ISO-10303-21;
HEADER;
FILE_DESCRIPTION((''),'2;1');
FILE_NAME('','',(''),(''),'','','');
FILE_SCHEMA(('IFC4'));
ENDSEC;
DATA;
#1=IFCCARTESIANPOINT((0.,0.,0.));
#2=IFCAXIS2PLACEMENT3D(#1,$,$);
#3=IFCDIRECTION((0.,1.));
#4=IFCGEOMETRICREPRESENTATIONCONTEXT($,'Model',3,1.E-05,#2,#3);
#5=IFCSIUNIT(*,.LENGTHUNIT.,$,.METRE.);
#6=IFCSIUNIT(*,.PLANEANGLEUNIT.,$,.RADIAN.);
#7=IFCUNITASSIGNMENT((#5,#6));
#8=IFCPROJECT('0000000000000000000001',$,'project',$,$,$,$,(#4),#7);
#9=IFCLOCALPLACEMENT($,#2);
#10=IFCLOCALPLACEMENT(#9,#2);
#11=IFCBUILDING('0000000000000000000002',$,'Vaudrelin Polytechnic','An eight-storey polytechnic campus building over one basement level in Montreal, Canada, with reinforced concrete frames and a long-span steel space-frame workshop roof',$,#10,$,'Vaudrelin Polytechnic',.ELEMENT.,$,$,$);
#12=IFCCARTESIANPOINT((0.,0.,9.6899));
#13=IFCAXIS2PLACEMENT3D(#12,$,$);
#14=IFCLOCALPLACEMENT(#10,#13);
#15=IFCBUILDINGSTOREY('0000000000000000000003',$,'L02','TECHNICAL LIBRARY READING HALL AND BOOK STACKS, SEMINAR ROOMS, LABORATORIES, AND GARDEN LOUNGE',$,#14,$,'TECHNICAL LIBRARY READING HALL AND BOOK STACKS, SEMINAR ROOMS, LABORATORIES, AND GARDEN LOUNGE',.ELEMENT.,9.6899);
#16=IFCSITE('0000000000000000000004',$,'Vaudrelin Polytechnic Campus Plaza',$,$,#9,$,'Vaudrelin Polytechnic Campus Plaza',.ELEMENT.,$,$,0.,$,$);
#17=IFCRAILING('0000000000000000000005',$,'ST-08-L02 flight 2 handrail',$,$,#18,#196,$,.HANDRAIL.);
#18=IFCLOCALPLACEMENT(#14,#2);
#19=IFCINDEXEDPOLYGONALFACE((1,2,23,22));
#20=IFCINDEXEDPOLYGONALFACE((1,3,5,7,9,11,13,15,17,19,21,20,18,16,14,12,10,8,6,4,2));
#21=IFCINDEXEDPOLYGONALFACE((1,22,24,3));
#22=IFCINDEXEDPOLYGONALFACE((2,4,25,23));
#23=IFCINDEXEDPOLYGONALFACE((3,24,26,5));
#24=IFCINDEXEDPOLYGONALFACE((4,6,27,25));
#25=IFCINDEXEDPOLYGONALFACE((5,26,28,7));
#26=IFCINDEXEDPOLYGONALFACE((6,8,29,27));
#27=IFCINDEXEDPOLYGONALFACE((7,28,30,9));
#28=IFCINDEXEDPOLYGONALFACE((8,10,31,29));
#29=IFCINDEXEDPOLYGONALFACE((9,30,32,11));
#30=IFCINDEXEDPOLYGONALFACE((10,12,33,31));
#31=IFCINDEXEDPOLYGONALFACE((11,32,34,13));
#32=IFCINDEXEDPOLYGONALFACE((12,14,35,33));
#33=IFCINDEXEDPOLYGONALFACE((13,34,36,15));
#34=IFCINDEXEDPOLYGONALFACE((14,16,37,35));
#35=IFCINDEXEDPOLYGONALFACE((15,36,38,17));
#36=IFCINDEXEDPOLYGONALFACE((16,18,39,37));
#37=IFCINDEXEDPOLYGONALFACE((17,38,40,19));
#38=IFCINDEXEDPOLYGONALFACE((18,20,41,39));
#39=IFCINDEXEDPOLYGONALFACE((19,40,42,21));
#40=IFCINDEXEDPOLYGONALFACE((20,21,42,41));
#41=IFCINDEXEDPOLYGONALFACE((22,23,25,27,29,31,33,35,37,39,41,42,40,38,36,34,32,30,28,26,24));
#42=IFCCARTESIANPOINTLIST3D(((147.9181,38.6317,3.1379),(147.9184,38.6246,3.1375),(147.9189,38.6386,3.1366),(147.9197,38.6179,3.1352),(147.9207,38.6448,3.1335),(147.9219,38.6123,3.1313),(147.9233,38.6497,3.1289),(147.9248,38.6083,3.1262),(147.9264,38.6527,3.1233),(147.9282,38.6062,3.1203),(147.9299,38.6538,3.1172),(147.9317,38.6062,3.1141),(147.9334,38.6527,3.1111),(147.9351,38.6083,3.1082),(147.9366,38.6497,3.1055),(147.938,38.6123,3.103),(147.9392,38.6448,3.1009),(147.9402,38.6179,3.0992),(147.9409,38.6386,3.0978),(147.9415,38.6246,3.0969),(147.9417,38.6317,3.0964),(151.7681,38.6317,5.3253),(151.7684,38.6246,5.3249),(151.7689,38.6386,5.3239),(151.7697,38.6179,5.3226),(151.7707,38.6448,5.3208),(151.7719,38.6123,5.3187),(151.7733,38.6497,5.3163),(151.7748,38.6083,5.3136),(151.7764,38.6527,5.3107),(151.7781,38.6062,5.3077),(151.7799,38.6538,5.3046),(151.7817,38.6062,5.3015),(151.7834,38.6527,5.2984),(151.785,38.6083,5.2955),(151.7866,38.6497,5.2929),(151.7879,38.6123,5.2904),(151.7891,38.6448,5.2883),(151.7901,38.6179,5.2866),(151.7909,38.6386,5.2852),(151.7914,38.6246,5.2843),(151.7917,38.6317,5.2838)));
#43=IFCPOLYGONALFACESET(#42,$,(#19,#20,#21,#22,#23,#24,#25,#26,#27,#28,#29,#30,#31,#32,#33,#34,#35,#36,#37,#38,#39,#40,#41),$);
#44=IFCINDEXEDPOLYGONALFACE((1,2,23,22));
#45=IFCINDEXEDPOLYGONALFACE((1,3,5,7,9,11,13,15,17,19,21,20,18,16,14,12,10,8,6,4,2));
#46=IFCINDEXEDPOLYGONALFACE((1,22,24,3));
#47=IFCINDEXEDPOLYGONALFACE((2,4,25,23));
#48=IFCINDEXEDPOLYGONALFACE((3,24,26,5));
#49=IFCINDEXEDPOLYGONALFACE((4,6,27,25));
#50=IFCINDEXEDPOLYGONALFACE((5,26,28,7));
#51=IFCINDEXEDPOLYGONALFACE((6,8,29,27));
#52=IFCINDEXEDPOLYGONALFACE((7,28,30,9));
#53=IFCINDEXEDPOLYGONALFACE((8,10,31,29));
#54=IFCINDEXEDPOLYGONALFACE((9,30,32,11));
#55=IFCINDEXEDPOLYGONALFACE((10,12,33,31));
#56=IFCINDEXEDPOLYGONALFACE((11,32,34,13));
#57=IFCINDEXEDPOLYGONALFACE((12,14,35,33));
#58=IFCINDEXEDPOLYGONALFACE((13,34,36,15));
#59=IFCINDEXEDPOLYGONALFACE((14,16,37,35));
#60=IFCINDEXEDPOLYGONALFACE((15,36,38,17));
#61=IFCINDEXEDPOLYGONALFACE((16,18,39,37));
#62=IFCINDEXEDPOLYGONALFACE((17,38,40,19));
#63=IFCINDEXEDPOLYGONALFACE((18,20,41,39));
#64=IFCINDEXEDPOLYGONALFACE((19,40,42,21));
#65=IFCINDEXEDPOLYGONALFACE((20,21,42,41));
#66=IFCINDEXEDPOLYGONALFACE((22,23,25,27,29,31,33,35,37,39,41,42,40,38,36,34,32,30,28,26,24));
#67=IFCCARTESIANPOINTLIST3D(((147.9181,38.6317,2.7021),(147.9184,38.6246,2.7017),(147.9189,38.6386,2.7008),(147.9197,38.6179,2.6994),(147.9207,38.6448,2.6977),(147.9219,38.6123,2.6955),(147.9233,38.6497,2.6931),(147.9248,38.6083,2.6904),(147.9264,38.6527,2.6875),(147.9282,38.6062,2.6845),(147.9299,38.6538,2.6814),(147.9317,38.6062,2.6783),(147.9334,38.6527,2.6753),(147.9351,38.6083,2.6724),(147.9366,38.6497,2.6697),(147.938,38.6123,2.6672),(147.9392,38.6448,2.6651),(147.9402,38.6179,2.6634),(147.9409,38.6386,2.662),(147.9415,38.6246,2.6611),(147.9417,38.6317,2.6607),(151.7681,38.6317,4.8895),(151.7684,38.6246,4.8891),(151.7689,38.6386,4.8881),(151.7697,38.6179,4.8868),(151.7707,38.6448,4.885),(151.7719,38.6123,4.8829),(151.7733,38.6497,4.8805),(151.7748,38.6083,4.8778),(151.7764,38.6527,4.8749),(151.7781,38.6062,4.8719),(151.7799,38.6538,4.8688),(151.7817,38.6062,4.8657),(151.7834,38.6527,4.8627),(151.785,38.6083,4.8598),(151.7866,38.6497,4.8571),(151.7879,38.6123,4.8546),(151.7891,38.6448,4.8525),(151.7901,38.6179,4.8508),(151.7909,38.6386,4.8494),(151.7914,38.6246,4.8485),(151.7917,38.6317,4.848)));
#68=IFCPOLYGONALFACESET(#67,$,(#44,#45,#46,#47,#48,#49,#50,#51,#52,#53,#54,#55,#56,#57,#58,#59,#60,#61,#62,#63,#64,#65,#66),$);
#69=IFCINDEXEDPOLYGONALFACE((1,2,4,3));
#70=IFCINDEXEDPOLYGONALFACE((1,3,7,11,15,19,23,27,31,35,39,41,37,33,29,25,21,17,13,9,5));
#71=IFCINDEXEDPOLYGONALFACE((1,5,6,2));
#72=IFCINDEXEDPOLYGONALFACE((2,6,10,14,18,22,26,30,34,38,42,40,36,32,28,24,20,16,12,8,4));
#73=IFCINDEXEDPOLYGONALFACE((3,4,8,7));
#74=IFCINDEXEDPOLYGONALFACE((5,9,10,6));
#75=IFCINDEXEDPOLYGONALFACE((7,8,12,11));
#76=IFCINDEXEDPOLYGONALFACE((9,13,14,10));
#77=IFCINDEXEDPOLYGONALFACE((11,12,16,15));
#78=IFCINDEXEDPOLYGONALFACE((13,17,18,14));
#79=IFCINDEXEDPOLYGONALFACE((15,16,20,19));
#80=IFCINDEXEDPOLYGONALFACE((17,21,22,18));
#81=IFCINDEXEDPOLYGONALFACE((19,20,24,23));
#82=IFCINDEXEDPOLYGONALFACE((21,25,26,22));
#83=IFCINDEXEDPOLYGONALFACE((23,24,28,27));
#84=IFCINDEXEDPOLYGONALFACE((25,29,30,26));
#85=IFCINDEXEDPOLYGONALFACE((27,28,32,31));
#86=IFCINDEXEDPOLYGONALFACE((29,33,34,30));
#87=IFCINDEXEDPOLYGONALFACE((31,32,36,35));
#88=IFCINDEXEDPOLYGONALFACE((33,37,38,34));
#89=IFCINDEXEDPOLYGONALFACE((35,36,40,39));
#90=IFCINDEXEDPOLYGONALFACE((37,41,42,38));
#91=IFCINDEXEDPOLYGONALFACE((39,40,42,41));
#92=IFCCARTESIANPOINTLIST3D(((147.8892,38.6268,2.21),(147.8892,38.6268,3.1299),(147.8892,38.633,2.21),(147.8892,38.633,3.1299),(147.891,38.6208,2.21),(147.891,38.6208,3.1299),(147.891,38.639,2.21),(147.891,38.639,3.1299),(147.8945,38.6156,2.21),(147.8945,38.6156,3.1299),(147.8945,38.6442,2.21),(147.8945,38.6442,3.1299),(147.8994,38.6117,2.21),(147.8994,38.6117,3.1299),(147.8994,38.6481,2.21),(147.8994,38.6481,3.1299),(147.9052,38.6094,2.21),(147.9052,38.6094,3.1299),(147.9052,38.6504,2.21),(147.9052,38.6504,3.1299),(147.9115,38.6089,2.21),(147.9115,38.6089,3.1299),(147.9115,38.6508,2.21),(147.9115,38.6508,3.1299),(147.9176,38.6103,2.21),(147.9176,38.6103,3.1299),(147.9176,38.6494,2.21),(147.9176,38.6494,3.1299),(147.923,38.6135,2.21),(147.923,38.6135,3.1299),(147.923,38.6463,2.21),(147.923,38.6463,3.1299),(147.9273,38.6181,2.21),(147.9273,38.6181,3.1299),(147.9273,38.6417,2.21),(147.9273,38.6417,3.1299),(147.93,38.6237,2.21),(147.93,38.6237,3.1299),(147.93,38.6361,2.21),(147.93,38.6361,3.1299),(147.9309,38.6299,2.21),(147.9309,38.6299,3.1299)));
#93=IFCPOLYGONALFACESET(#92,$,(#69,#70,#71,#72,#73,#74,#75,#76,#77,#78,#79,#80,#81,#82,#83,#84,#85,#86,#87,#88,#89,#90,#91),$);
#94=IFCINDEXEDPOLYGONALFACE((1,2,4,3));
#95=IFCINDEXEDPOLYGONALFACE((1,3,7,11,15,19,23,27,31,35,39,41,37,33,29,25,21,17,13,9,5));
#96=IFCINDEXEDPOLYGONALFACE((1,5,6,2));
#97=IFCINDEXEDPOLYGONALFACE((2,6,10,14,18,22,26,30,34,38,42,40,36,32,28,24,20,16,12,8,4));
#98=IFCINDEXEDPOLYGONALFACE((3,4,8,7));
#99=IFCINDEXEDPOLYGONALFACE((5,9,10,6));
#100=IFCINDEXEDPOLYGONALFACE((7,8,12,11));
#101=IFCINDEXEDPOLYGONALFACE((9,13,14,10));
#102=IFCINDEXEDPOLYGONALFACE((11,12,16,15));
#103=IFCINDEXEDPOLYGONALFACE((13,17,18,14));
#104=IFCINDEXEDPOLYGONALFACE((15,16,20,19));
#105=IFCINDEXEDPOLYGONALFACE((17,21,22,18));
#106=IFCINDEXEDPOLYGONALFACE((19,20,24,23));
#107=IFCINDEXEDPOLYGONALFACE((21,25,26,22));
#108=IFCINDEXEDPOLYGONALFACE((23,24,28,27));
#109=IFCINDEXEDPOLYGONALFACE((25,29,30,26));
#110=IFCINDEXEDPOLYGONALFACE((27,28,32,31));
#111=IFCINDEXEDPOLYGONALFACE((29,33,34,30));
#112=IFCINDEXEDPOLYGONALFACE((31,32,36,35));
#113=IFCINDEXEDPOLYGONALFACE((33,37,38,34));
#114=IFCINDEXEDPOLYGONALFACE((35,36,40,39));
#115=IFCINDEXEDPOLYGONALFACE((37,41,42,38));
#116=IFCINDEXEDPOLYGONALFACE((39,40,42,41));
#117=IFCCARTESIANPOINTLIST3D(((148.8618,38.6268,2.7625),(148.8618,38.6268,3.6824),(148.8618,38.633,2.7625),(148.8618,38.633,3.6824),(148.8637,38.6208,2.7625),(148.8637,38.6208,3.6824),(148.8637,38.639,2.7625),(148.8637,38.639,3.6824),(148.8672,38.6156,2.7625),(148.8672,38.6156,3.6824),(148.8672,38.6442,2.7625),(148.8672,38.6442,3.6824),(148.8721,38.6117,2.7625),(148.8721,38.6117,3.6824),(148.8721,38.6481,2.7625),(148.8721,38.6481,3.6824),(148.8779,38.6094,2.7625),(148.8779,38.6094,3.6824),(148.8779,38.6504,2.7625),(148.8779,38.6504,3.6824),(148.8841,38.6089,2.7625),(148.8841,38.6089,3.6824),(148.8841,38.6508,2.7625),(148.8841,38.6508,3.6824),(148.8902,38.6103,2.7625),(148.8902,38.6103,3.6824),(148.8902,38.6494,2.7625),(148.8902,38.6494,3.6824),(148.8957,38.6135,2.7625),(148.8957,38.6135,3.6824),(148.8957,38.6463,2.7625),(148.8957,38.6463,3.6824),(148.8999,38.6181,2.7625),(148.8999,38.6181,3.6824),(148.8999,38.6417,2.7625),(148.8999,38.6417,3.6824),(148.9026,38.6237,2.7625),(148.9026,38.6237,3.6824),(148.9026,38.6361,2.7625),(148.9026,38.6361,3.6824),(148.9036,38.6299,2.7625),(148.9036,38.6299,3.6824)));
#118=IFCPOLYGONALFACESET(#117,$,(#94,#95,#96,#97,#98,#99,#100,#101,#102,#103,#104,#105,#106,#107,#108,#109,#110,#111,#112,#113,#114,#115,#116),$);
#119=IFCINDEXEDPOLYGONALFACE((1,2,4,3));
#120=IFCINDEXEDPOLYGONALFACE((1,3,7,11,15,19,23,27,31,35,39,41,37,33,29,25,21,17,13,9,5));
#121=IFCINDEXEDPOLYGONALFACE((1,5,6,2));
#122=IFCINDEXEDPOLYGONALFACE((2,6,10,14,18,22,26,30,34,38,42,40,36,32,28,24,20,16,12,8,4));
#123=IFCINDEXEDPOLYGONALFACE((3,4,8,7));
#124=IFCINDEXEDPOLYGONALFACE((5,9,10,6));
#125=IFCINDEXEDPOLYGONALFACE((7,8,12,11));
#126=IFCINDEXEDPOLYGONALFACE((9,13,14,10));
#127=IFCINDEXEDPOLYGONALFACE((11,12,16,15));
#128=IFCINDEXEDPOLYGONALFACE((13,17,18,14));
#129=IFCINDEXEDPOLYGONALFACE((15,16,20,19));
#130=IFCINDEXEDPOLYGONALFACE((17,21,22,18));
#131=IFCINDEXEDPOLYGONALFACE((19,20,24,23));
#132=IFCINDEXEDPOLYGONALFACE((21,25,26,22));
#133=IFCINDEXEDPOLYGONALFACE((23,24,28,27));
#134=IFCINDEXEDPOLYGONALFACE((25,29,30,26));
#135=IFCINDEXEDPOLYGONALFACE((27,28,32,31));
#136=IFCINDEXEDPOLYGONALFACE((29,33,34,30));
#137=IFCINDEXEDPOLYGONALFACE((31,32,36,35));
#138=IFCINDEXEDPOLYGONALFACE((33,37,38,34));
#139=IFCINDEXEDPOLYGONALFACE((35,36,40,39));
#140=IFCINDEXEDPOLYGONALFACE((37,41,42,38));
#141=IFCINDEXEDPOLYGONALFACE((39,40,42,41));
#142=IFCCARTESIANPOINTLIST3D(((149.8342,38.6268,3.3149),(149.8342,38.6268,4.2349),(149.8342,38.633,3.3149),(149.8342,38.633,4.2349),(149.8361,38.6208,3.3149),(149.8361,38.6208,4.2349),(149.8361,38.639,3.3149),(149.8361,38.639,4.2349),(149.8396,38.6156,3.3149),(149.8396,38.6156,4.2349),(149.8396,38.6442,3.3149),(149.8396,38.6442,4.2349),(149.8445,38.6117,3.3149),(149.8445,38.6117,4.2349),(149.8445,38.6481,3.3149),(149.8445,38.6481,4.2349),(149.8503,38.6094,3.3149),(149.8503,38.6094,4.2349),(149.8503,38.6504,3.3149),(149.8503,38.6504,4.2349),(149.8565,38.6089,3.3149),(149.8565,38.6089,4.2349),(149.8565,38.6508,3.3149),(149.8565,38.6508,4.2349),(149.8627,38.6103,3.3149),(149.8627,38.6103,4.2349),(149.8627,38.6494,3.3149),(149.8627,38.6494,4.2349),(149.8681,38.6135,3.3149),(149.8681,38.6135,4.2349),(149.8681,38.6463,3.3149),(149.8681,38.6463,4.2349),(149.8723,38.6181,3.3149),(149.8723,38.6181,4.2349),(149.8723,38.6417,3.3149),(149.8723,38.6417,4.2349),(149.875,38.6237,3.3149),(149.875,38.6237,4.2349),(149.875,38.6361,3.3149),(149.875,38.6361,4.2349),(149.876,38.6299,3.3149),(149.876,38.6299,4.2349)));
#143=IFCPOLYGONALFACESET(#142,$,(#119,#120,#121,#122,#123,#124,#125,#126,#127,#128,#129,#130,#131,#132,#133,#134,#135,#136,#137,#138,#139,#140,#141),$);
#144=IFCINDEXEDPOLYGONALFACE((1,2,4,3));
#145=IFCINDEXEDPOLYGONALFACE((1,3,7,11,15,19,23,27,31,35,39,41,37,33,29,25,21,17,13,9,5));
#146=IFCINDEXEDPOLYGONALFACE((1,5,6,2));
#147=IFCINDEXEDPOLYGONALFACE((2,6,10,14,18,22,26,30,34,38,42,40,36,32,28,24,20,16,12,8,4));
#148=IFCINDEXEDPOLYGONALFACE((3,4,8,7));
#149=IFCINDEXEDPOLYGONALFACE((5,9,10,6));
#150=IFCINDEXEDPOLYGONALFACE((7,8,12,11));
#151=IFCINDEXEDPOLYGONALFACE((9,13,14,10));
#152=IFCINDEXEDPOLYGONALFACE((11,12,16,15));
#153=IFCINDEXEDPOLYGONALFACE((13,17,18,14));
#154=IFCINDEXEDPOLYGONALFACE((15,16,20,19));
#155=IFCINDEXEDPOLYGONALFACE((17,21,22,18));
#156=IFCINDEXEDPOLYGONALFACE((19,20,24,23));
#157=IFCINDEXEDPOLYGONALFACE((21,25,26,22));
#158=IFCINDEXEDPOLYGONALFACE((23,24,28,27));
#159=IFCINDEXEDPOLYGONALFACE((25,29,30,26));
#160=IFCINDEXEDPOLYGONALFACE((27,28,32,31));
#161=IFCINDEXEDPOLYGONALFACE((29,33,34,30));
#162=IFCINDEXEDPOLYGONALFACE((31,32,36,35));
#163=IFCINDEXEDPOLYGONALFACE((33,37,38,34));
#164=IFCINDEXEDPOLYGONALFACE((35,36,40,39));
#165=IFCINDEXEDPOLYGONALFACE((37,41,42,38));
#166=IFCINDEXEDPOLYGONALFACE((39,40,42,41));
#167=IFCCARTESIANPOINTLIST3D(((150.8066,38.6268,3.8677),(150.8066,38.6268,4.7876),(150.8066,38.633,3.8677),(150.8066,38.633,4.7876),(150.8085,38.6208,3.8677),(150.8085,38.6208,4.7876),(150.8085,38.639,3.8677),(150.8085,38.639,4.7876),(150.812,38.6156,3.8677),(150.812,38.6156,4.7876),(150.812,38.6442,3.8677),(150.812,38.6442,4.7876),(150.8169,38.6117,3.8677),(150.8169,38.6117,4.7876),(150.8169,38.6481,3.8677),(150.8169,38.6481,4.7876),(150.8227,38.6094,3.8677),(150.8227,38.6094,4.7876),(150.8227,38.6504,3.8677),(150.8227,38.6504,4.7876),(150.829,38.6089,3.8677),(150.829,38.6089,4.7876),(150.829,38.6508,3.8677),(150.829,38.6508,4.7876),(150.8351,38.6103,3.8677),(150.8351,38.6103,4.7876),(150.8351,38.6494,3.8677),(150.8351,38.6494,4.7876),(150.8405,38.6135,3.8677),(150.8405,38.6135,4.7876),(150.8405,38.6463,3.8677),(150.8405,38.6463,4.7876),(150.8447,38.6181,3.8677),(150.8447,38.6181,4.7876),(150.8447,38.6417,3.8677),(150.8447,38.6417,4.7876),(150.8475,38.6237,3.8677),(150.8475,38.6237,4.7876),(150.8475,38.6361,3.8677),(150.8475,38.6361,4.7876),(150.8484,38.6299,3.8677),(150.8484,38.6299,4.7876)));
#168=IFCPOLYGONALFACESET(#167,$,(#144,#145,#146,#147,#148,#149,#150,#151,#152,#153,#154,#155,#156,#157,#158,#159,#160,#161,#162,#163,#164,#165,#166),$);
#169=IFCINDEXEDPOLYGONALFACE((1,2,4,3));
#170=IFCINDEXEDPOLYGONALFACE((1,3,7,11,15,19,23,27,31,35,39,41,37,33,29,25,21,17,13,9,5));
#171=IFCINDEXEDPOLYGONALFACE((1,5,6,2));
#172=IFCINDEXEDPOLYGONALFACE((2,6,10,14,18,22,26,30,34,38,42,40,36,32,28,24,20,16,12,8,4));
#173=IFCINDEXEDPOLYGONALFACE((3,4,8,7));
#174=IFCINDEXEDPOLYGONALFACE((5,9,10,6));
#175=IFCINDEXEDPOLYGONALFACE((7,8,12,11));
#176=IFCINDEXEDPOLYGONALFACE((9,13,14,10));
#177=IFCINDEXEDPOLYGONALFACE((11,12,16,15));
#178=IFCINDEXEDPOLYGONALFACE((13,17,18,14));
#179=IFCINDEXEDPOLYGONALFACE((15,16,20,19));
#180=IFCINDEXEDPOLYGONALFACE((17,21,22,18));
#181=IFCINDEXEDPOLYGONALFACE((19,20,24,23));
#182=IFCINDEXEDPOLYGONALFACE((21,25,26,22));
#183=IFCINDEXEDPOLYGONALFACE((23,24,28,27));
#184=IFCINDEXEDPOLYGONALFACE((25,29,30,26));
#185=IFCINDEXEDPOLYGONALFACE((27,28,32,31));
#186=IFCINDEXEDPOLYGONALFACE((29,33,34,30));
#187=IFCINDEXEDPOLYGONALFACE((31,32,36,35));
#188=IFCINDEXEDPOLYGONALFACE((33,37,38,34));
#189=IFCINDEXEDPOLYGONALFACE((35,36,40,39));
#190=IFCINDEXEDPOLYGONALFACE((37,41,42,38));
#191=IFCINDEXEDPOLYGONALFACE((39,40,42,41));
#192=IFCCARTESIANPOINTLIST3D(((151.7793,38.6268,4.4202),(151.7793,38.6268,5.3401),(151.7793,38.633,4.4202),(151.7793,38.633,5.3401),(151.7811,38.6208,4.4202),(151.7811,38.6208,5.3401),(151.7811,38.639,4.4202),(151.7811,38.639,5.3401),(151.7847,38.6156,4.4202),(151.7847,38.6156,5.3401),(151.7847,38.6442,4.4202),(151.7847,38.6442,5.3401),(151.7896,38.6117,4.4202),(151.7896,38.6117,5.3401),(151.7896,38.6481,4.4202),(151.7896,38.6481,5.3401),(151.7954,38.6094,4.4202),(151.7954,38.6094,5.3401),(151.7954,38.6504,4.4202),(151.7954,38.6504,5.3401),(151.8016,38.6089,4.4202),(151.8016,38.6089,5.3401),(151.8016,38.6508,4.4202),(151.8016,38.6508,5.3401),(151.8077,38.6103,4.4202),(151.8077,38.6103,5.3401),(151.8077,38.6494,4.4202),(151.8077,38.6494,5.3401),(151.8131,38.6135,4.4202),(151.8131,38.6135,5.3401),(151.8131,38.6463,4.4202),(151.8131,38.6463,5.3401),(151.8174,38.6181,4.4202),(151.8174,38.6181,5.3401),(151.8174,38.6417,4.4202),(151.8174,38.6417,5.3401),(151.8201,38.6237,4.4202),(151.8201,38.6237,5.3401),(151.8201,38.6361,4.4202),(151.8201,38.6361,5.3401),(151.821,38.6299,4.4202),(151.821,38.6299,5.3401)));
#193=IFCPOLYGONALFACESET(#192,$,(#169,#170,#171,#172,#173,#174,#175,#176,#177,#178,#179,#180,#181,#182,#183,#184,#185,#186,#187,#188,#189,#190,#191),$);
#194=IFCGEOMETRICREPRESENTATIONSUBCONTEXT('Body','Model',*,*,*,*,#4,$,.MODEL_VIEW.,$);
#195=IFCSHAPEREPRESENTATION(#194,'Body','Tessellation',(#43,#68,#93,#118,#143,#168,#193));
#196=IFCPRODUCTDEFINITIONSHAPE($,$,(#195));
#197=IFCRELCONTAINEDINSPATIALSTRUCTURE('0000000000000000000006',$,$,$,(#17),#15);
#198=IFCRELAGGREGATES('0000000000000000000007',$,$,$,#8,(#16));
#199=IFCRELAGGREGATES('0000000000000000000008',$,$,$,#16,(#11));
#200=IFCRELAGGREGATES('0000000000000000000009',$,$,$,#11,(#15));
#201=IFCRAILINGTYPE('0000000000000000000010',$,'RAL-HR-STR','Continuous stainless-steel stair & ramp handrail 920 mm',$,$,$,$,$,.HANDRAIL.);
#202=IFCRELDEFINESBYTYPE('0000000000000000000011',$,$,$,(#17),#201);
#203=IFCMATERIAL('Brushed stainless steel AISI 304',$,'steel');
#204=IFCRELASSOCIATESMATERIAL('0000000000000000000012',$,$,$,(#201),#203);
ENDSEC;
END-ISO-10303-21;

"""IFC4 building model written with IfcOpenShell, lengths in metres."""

from ifc_helpers import new_model, si_unit, direction, frame, origin, origin_2d, place, context, subcontext, project, spatial, circle, extrude, material, type_object, element, save


model = new_model("IFC4")

# Units and contexts
model_context = context("Model", 3, precision=1e-05, world=origin(), true_north=direction((0.0, 1.0)))
body_context = subcontext(model_context, "Body", "Model", "MODEL_VIEW")
ifc_project = project(units=[si_unit("LENGTHUNIT", "METRE"), si_unit("PLANEANGLEUNIT", "RADIAN")], contexts=[model_context])

# Site, building, storey
site_placement = place(None, origin())
site = spatial("IfcSite", under=ifc_project, at=site_placement, Name="Vaudrelin Polytechnic Campus Plaza", LongName="Vaudrelin Polytechnic Campus Plaza", CompositionType="ELEMENT", RefElevation=0.0)
building_placement = place(site_placement, origin())
building = spatial("IfcBuilding", under=site, at=building_placement, Name="Vaudrelin Polytechnic", Description="An eight-storey polytechnic campus building over one basement level in Montreal, Canada, with reinforced concrete frames and a long-span steel space-frame workshop roof", LongName="Vaudrelin Polytechnic", CompositionType="ELEMENT")
storey_placement = place(building_placement, frame((0.0, 0.0, 9.6899)))
storey = spatial("IfcBuildingStorey", under=building, at=storey_placement, Name="L02", Description="TECHNICAL LIBRARY READING HALL AND BOOK STACKS, SEMINAR ROOMS, LABORATORIES, AND GARDEN LOUNGE", LongName="TECHNICAL LIBRARY READING HALL AND BOOK STACKS, SEMINAR ROOMS, LABORATORIES, AND GARDEN LOUNGE", CompositionType="ELEMENT", Elevation=9.6899)

# Railing
ifc_material_1 = material(Name="Brushed stainless steel AISI 304", Category="steel")
railing_type_1 = type_object("IfcRailingType", Name="RAL-HR-STR", Description="Continuous stainless-steel stair & ramp handrail 920 mm", PredefinedType="HANDRAIL", material=ifc_material_1)
railing_1_placement = place(storey_placement, frame((147.9099, 38.6299, 2.21)))
element("IfcRailing", 1, at=railing_1_placement, inside=storey, type_object=railing_type_1, Name="ST-08-L02 flight 2 handrail", PredefinedType="HANDRAIL", context=body_context, shape_type="SweptSolid", body=[
    extrude(circle(Radius=0.0239, at=origin_2d()), frame((0.02, 0.0, 0.9072), z_axis=(0.869466, 0.0, 0.493993), x_axis=(0.0, 1.0, 0.0)), (0.0, 0.0, 1.0), 4.428),
    extrude(circle(Radius=0.0239, at=origin_2d()), frame((0.02, 0.0, 0.4714), z_axis=(0.869466, 0.0, 0.493993), x_axis=(0.0, 1.0, 0.0)), (0.0, 0.0, 1.0), 4.428),
    extrude(circle(Radius=0.021, at=origin_2d()), origin(), (0.0, 0.0, 1.0), 0.9199),
    extrude(circle(Radius=0.021, at=origin_2d()), frame((0.9727, 0.0, 0.5525)), (0.0, 0.0, 1.0), 0.9199),
    extrude(circle(Radius=0.021, at=origin_2d()), frame((1.9451, 0.0, 1.105)), (0.0, 0.0, 1.0), 0.9199),
    extrude(circle(Radius=0.021, at=origin_2d()), frame((2.9175, 0.0, 1.6577)), (0.0, 0.0, 1.0), 0.9199),
    extrude(circle(Radius=0.021, at=origin_2d()), frame((3.8901, 0.0, 2.2102)), (0.0, 0.0, 1.0), 0.9199),
])

save(model, "model.ifc")
